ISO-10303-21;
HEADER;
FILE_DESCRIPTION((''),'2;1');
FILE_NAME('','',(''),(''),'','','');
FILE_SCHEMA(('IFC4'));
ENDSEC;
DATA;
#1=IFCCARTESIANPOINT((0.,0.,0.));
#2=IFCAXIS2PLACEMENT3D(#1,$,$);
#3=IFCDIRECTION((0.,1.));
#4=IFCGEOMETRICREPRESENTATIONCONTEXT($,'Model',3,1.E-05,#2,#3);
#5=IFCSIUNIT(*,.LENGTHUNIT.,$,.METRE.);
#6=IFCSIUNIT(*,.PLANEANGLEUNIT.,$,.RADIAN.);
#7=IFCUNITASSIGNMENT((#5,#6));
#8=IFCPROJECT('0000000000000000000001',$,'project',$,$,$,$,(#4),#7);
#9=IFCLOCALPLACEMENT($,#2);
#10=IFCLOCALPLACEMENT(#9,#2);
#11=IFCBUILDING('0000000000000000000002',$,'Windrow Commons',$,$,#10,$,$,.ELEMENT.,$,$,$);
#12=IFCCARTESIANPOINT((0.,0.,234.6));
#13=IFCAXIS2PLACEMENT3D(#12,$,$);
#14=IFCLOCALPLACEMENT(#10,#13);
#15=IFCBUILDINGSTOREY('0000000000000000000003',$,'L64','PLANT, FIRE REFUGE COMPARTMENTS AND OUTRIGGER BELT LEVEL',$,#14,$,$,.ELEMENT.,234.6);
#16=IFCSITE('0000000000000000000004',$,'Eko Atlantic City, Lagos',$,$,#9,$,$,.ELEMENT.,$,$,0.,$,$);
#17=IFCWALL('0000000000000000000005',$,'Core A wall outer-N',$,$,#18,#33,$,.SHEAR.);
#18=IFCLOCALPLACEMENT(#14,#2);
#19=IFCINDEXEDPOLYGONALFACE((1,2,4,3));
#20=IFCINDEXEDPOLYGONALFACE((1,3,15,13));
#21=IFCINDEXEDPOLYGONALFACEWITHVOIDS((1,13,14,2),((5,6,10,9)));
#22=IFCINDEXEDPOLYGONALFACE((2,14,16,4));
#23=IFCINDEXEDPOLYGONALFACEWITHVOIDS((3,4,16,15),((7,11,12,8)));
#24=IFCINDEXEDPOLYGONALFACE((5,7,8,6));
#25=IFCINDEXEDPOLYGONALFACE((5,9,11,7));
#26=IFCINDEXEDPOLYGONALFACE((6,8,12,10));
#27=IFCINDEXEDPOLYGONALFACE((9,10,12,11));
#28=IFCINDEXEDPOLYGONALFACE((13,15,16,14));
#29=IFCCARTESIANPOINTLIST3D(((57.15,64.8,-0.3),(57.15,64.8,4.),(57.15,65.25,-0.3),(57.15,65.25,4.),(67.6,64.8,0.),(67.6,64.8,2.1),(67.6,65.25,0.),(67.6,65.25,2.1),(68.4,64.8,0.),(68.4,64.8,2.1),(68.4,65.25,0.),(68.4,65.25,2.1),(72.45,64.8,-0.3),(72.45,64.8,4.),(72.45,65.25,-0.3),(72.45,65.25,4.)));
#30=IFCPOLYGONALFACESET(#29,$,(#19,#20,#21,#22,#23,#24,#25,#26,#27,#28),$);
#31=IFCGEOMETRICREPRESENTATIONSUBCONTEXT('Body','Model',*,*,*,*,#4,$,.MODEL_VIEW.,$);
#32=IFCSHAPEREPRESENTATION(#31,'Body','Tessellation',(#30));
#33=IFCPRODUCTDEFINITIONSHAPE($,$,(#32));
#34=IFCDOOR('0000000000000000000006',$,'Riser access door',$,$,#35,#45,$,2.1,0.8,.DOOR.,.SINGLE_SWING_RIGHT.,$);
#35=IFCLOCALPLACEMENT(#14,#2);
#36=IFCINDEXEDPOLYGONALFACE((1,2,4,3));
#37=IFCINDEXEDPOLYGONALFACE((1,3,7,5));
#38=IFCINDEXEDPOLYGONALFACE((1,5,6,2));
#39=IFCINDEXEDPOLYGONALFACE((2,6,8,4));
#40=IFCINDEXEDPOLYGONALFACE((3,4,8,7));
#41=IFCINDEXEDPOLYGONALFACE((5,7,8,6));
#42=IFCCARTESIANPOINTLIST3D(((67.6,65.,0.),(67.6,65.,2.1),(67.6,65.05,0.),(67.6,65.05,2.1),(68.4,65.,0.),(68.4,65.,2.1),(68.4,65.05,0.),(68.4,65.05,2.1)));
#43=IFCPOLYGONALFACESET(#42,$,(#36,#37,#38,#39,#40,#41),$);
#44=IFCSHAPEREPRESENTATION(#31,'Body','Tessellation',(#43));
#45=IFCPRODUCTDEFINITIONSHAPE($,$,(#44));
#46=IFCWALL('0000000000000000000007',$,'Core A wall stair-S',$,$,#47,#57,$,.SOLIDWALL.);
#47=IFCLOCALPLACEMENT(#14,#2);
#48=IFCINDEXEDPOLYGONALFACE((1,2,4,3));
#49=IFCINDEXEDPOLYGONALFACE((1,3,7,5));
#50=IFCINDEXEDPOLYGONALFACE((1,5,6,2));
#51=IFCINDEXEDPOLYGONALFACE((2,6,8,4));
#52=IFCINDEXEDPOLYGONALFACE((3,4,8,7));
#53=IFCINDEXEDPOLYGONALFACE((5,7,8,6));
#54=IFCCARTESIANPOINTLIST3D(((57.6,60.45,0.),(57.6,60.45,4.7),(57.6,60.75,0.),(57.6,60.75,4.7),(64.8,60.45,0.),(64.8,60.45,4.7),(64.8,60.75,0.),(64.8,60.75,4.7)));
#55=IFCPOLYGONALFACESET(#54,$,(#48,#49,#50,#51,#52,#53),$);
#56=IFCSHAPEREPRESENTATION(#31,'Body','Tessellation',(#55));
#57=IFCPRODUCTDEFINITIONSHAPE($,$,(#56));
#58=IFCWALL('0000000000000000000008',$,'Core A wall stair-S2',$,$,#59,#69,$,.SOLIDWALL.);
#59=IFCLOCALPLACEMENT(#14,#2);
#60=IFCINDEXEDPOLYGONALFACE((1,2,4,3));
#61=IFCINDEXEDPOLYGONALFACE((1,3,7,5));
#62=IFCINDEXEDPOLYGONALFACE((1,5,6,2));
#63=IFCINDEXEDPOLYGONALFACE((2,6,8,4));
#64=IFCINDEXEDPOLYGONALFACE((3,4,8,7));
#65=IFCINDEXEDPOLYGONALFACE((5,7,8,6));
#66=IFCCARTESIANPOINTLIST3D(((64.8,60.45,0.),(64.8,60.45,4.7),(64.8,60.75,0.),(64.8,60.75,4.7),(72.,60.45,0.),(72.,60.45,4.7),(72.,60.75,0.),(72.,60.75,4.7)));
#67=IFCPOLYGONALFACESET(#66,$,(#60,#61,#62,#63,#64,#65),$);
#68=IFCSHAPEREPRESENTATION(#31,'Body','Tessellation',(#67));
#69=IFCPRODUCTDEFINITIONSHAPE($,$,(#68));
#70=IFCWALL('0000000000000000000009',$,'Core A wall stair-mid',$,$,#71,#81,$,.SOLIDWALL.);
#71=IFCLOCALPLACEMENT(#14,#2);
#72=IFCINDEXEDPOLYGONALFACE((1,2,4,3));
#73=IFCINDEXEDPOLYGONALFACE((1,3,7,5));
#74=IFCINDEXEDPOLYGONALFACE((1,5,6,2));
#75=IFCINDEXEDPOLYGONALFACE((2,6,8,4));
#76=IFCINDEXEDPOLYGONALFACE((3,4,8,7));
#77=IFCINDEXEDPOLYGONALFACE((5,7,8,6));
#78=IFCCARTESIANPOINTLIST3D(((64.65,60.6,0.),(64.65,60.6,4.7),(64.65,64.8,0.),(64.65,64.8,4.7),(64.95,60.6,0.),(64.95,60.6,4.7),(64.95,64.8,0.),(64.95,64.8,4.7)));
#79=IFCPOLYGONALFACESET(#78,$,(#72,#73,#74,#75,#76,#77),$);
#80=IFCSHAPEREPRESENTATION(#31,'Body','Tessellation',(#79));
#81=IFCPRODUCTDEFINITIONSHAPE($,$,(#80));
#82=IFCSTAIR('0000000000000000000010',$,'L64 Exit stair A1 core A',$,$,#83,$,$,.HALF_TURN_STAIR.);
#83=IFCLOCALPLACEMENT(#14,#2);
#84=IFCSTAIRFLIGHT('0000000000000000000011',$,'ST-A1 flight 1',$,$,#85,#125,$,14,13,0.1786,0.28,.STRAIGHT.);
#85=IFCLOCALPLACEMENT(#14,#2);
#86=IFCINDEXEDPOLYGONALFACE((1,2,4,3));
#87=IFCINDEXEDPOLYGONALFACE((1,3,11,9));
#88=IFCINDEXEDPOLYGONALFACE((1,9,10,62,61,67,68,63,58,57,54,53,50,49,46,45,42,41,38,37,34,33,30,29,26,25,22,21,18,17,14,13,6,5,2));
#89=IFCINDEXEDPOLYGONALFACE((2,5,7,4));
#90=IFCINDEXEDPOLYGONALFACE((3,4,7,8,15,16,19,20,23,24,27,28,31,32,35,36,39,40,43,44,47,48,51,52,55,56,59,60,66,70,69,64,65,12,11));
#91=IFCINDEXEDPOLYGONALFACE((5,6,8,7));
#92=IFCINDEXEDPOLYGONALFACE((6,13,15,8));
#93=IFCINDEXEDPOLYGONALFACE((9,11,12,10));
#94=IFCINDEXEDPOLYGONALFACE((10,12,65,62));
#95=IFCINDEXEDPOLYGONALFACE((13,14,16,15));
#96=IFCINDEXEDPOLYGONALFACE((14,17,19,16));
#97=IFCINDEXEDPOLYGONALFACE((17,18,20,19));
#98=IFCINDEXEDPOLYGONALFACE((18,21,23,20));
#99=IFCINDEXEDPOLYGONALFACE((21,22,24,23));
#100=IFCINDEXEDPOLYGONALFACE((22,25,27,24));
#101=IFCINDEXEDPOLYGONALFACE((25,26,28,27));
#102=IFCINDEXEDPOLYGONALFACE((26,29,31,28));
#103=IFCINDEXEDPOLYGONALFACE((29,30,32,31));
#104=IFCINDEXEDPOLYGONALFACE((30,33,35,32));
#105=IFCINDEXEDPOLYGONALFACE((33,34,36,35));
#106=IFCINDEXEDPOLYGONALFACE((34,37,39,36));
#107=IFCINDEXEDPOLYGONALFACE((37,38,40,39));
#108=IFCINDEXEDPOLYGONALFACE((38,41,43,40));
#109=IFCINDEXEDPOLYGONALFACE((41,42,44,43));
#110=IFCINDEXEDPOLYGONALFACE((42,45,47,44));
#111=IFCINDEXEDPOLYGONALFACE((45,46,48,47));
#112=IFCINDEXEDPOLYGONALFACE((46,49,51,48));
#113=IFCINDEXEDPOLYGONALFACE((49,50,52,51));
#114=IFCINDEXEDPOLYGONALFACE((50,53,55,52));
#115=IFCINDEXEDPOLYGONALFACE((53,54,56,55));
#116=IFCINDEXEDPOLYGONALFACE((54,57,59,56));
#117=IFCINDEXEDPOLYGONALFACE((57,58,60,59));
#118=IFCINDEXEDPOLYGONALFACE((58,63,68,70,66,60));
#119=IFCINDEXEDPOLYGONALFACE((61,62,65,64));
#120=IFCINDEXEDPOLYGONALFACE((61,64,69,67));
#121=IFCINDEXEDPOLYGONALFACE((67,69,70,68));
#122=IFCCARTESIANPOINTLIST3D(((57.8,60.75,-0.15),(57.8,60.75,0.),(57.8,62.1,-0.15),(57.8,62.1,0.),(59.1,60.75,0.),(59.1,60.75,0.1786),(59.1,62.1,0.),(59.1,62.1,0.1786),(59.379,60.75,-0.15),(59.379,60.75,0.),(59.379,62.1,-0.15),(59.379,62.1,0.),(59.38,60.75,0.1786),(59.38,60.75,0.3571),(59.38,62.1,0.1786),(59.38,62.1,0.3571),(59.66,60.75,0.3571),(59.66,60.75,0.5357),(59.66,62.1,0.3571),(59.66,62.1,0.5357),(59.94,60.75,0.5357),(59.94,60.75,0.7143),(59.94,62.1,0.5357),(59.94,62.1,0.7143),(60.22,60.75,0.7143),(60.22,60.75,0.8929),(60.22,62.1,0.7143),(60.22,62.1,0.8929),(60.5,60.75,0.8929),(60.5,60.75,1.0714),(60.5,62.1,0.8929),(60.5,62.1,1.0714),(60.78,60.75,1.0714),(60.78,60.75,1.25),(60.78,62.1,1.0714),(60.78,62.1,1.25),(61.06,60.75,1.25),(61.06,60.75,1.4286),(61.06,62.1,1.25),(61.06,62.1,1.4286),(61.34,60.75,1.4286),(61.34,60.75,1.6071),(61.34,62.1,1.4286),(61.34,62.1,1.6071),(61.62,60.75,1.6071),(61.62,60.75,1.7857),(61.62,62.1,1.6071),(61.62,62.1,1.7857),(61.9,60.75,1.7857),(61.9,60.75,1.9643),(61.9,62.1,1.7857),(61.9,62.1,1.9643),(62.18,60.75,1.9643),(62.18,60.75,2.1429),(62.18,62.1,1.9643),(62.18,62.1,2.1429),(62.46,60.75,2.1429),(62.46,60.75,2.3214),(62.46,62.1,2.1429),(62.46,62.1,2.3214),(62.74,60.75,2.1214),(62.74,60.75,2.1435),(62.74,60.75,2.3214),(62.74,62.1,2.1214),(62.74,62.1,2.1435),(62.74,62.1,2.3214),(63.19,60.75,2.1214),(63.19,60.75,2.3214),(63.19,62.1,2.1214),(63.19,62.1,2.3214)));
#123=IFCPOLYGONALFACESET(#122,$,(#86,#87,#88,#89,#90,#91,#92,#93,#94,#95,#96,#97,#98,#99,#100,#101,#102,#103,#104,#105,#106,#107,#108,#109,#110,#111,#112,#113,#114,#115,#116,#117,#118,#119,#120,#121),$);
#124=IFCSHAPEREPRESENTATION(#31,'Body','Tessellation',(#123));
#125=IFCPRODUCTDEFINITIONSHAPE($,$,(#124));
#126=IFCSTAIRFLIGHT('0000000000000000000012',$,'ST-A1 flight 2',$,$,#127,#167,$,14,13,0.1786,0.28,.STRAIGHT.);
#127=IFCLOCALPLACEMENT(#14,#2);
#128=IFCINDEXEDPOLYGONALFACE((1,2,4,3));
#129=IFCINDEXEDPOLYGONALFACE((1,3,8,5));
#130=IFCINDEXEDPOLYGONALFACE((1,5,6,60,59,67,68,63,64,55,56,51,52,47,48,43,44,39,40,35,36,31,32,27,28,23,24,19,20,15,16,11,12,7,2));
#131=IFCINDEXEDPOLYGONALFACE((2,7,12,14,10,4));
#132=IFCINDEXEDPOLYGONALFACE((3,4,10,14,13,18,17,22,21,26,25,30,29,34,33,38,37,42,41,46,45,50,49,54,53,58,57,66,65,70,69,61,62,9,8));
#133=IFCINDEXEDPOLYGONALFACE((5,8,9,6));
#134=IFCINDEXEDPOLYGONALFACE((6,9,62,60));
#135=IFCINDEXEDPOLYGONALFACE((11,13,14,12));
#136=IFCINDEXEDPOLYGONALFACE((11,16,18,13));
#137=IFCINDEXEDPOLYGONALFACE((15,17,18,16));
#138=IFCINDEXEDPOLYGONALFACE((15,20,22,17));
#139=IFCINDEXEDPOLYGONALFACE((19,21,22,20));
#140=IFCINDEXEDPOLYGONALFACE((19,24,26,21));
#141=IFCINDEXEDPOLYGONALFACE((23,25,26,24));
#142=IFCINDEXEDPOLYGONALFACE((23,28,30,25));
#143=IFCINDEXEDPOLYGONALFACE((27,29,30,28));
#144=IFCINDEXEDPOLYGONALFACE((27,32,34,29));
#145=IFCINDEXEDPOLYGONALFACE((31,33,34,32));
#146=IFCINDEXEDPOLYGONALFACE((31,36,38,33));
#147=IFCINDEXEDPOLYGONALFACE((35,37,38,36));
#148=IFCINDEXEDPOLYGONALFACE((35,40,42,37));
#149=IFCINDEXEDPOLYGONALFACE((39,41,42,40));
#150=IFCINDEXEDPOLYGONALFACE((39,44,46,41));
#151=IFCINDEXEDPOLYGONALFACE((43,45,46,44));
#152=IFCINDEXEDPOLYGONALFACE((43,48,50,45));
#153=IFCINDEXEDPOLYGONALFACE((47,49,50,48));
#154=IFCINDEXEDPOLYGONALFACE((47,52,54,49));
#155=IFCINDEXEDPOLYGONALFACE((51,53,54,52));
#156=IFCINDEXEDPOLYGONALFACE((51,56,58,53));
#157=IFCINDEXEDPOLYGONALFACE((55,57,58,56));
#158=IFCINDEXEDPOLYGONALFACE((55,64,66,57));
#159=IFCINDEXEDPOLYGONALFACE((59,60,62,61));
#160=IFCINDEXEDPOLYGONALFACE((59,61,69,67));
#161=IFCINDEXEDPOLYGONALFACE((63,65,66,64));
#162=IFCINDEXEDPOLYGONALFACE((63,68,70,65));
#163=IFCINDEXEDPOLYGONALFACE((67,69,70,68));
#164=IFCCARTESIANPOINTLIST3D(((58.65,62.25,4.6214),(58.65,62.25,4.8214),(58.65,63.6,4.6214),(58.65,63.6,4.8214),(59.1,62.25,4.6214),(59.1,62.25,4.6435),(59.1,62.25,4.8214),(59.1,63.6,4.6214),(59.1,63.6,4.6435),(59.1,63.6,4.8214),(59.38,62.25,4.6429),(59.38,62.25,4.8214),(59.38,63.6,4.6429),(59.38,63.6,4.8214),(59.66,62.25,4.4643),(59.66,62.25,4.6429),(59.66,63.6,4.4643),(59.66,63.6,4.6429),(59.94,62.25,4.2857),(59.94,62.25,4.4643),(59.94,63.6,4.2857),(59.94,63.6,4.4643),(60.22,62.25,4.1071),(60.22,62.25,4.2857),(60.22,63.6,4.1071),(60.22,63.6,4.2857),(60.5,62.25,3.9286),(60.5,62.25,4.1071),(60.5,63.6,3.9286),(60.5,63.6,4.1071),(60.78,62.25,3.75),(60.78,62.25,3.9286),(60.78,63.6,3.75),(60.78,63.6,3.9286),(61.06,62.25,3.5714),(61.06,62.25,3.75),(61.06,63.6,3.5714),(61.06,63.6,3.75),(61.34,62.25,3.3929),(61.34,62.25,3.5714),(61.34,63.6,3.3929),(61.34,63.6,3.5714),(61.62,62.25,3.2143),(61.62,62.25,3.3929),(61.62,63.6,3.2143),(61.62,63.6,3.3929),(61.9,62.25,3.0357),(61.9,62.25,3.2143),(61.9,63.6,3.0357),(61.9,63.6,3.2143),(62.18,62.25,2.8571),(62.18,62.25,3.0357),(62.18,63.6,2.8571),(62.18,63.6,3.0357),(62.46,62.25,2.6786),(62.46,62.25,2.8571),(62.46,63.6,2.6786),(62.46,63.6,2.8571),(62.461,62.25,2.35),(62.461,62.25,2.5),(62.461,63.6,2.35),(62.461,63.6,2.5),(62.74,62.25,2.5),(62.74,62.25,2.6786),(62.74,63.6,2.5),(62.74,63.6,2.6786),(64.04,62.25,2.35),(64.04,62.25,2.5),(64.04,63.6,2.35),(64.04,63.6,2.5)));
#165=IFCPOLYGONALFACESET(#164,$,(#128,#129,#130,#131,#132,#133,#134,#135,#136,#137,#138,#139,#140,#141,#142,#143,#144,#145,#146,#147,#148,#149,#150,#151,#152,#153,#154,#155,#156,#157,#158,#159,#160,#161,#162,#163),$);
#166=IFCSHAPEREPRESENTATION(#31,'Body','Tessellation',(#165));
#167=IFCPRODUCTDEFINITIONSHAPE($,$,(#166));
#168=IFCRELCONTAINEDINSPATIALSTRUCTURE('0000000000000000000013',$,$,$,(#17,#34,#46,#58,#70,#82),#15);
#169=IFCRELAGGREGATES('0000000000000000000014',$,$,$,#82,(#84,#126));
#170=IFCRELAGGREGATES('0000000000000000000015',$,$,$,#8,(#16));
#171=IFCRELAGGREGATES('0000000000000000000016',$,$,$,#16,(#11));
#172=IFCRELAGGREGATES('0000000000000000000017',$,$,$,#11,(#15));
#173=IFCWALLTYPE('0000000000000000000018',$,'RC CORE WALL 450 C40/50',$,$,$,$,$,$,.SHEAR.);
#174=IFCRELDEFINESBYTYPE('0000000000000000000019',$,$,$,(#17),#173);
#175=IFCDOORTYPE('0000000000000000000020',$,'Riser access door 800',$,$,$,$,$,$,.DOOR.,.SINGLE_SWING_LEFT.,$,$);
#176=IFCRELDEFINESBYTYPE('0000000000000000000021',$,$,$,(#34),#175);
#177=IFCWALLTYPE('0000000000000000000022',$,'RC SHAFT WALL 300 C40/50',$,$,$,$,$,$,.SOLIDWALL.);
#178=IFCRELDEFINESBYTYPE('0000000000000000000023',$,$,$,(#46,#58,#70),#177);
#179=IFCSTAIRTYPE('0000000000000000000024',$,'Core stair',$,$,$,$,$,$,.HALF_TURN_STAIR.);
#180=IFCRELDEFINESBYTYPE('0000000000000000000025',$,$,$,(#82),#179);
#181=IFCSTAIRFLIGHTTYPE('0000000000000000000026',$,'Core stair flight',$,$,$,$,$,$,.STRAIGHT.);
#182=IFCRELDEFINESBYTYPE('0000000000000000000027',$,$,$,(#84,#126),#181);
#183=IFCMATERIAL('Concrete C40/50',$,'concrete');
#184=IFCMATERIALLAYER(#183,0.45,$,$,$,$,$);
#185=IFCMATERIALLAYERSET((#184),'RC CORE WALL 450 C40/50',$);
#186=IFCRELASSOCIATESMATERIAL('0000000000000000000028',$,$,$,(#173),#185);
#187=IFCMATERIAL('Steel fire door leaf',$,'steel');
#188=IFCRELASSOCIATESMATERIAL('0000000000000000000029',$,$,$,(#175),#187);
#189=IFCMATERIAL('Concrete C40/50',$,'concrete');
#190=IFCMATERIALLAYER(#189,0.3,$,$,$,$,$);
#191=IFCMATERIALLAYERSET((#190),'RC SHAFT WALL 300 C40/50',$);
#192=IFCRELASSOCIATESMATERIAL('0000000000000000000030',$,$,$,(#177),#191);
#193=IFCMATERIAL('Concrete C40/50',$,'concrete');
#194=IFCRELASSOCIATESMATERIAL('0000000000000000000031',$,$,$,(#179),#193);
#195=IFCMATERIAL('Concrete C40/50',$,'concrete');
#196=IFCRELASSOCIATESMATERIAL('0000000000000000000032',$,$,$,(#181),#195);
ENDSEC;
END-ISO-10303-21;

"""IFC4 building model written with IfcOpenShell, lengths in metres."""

from ifc_helpers import new_model, si_unit, direction, frame, frame_2d, origin, place, context, subcontext, project, spatial, polyline, rectangle, outline, extrude, material, layer, layer_set, type_object, element, fill, aggregate, save


model = new_model("IFC4")

# Units and contexts
model_context = context("Model", 3, precision=1e-05, world=origin(), true_north=direction((0.0, 1.0)))
body_context = subcontext(model_context, "Body", "Model", "MODEL_VIEW")
ifc_project = project(units=[si_unit("LENGTHUNIT", "METRE"), si_unit("PLANEANGLEUNIT", "RADIAN")], contexts=[model_context])

# Site, building, storey
site_placement = place(None, origin())
site = spatial("IfcSite", under=ifc_project, at=site_placement, Name="Eko Atlantic City, Lagos", CompositionType="ELEMENT", RefElevation=0.0)
building_placement = place(site_placement, origin())
building = spatial("IfcBuilding", under=site, at=building_placement, Name="Windrow Commons", CompositionType="ELEMENT")
storey_placement = place(building_placement, frame((0.0, 0.0, 234.6)))
storey = spatial("IfcBuildingStorey", under=building, at=storey_placement, Name="L64", Description="PLANT, FIRE REFUGE COMPARTMENTS AND OUTRIGGER BELT LEVEL", CompositionType="ELEMENT", Elevation=234.6)

# Wall, opening, door
ifc_material_1 = material(Name="Concrete C40/50", Category="concrete")
ifc_layer_1 = layer(ifc_material_1, 0.45)
ifc_layer_set_1 = layer_set([ifc_layer_1], Name="RC CORE WALL 450 C40/50")
wall_type_1 = type_object("IfcWallType", Name="RC CORE WALL 450 C40/50", PredefinedType="SHEAR", material=ifc_layer_set_1)
wall_1_placement = place(storey_placement, frame((57.15, 65.025, -0.3), z_axis=(0.0, 0.0, 1.0), x_axis=(1.0, 0.0, 0.0)))
wall_1 = element("IfcWall", 1, at=wall_1_placement, inside=storey, type_object=wall_type_1, Name="Core A wall outer-N", PredefinedType="SHEAR", context=body_context, shape_type="SweptSolid", body=[
    extrude(rectangle(XDim=15.3, YDim=0.45, at=frame_2d((7.65, 0.0))), origin(), (0.0, 0.0, 1.0), 4.3),
])
opening_placement = place(wall_1_placement, frame((10.45, 0.0, 0.3)))
opening = element("IfcOpeningElement", 2, at=opening_placement, cuts=wall_1, PredefinedType="OPENING", context=body_context, shape_type="SweptSolid", body=[
    extrude(rectangle(XDim=0.8, YDim=2.1, at=frame_2d((0.4, 1.05))), frame((0.0, 0.235, 0.0), z_axis=(0.0, -1.0, 0.0), x_axis=(1.0, 0.0, 0.0)), (0.0, 0.0, 1.0), 0.47),
])
ifc_material_2 = material(Name="Steel fire door leaf", Category="steel")
door_type = type_object("IfcDoorType", Name="Riser access door 800", OperationType="SINGLE_SWING_LEFT", PredefinedType="DOOR", material=ifc_material_2)
door_placement = place(opening_placement, origin())
door = element("IfcDoor", 3, at=door_placement, inside=storey, type_object=door_type, Name="Riser access door", OperationType="SINGLE_SWING_RIGHT", OverallHeight=2.1, OverallWidth=0.8, PredefinedType="DOOR", context=body_context, shape_type="SweptSolid", body=[
    extrude(rectangle(XDim=0.8, YDim=2.1, at=frame_2d((0.4, 1.05))), frame((0.0, 0.025, 0.0), z_axis=(0.0, -1.0, 0.0), x_axis=(1.0, 0.0, 0.0)), (0.0, 0.0, 1.0), 0.05),
])
fill(opening, door)

# Walls
ifc_material_3 = material(Name="Concrete C40/50", Category="concrete")
ifc_layer_2 = layer(ifc_material_3, 0.3)
ifc_layer_set_2 = layer_set([ifc_layer_2], Name="RC SHAFT WALL 300 C40/50")
wall_type_2 = type_object("IfcWallType", Name="RC SHAFT WALL 300 C40/50", PredefinedType="SOLIDWALL", material=ifc_layer_set_2)
for number, where, z_axis, x_axis, name in (
    (4, (57.6, 60.6, 0.0), (0.0, 0.0, 1.0), (1.0, 0.0, 0.0), "Core A wall stair-S"),
    (5, (64.8, 60.6, 0.0), (0.0, 0.0, 1.0), (1.0, 0.0, 0.0), "Core A wall stair-S2"),
):
    element("IfcWall", number, at=place(storey_placement, frame(where, z_axis=z_axis, x_axis=x_axis)), inside=storey, type_object=wall_type_2, Name=name, PredefinedType="SOLIDWALL", context=body_context, shape_type="SweptSolid", body=[
        extrude(rectangle(XDim=7.2, YDim=0.3, at=frame_2d((3.6, 0.0))), origin(), (0.0, 0.0, 1.0), 4.7),
    ])
wall_2_placement = place(storey_placement, frame((64.8, 60.6, 0.0), z_axis=(0.0, 0.0, 1.0), x_axis=(0.0, 1.0, 0.0)))
element("IfcWall", 6, at=wall_2_placement, inside=storey, type_object=wall_type_2, Name="Core A wall stair-mid", PredefinedType="SOLIDWALL", context=body_context, shape_type="SweptSolid", body=[
    extrude(rectangle(XDim=4.2, YDim=0.3, at=frame_2d((2.1, 0.0))), origin(), (0.0, 0.0, 1.0), 4.7),
])

# Stair, stair flights
ifc_material_4 = material(Name="Concrete C40/50", Category="concrete")
stair_type = type_object("IfcStairType", Name="Core stair", PredefinedType="HALF_TURN_STAIR", material=ifc_material_4)
stair_placement = place(storey_placement, origin())
stair = element("IfcStair", 7, at=stair_placement, inside=storey, type_object=stair_type, Name="L64 Exit stair A1 core A", PredefinedType="HALF_TURN_STAIR")
ifc_material_5 = material(Name="Concrete C40/50", Category="concrete")
stair_flight_type = type_object("IfcStairFlightType", Name="Core stair flight", PredefinedType="STRAIGHT", material=ifc_material_5)
stair_flight_1_placement = place(storey_placement, frame((59.1, 61.425, 0.0), z_axis=(0.0, 0.0, 1.0), x_axis=(1.0, 0.0, 0.0)))
stair_flight_1 = element("IfcStairFlight", 8, at=stair_flight_1_placement, type_object=stair_flight_type, Name="ST-A1 flight 1", NumberOfRisers=14, NumberOfTreads=13, PredefinedType="STRAIGHT", RiserHeight=0.1786, TreadLength=0.28, context=body_context, shape_type="SweptSolid", body=[
    extrude(outline(polyline([(-1.3, -0.15), (-1.3, 0.0), (0.0, 0.0), (0.0, 0.1786), (0.28, 0.1786), (0.28, 0.3571), (0.56, 0.3571), (0.56, 0.5357), (0.84, 0.5357), (0.84, 0.7143), (1.12, 0.7143), (1.12, 0.8929), (1.4, 0.8929), (1.4, 1.0714), (1.68, 1.0714), (1.68, 1.25), (1.96, 1.25), (1.96, 1.4286), (2.24, 1.4286), (2.24, 1.6071), (2.52, 1.6071), (2.52, 1.7857), (2.8, 1.7857), (2.8, 1.9643), (3.08, 1.9643), (3.08, 2.1429), (3.36, 2.1429), (3.36, 2.3214), (3.64, 2.3214), (4.09, 2.3214), (4.09, 2.1214), (3.64, 2.1214), (3.64, 2.1435), (0.279, 0.0), (0.279, -0.15), (-1.3, -0.15)])), frame((0.0, 0.675, 0.0), z_axis=(0.0, -1.0, 0.0), x_axis=(1.0, 0.0, 0.0)), (0.0, 0.0, 1.0), 1.35),
])
stair_flight_2_placement = place(storey_placement, frame((62.74, 62.925, 2.5), z_axis=(0.0, 0.0, 1.0), x_axis=(-1.0, 0.0, 0.0)))
stair_flight_2 = element("IfcStairFlight", 9, at=stair_flight_2_placement, type_object=stair_flight_type, Name="ST-A1 flight 2", NumberOfRisers=14, NumberOfTreads=13, PredefinedType="STRAIGHT", RiserHeight=0.1786, TreadLength=0.28, context=body_context, shape_type="SweptSolid", body=[
    extrude(outline(polyline([(-1.3, -0.15), (-1.3, 0.0), (0.0, 0.0), (0.0, 0.1786), (0.28, 0.1786), (0.28, 0.3571), (0.56, 0.3571), (0.56, 0.5357), (0.84, 0.5357), (0.84, 0.7143), (1.12, 0.7143), (1.12, 0.8929), (1.4, 0.8929), (1.4, 1.0714), (1.68, 1.0714), (1.68, 1.25), (1.96, 1.25), (1.96, 1.4286), (2.24, 1.4286), (2.24, 1.6071), (2.52, 1.6071), (2.52, 1.7857), (2.8, 1.7857), (2.8, 1.9643), (3.08, 1.9643), (3.08, 2.1429), (3.36, 2.1429), (3.36, 2.3214), (3.64, 2.3214), (4.09, 2.3214), (4.09, 2.1214), (3.64, 2.1214), (3.64, 2.1435), (0.279, 0.0), (0.279, -0.15), (-1.3, -0.15)])), frame((0.0, 0.675, 0.0), z_axis=(0.0, -1.0, 0.0), x_axis=(1.0, 0.0, 0.0)), (0.0, 0.0, 1.0), 1.35),
])
aggregate(stair, [stair_flight_1, stair_flight_2])

save(model, "model.ifc")
